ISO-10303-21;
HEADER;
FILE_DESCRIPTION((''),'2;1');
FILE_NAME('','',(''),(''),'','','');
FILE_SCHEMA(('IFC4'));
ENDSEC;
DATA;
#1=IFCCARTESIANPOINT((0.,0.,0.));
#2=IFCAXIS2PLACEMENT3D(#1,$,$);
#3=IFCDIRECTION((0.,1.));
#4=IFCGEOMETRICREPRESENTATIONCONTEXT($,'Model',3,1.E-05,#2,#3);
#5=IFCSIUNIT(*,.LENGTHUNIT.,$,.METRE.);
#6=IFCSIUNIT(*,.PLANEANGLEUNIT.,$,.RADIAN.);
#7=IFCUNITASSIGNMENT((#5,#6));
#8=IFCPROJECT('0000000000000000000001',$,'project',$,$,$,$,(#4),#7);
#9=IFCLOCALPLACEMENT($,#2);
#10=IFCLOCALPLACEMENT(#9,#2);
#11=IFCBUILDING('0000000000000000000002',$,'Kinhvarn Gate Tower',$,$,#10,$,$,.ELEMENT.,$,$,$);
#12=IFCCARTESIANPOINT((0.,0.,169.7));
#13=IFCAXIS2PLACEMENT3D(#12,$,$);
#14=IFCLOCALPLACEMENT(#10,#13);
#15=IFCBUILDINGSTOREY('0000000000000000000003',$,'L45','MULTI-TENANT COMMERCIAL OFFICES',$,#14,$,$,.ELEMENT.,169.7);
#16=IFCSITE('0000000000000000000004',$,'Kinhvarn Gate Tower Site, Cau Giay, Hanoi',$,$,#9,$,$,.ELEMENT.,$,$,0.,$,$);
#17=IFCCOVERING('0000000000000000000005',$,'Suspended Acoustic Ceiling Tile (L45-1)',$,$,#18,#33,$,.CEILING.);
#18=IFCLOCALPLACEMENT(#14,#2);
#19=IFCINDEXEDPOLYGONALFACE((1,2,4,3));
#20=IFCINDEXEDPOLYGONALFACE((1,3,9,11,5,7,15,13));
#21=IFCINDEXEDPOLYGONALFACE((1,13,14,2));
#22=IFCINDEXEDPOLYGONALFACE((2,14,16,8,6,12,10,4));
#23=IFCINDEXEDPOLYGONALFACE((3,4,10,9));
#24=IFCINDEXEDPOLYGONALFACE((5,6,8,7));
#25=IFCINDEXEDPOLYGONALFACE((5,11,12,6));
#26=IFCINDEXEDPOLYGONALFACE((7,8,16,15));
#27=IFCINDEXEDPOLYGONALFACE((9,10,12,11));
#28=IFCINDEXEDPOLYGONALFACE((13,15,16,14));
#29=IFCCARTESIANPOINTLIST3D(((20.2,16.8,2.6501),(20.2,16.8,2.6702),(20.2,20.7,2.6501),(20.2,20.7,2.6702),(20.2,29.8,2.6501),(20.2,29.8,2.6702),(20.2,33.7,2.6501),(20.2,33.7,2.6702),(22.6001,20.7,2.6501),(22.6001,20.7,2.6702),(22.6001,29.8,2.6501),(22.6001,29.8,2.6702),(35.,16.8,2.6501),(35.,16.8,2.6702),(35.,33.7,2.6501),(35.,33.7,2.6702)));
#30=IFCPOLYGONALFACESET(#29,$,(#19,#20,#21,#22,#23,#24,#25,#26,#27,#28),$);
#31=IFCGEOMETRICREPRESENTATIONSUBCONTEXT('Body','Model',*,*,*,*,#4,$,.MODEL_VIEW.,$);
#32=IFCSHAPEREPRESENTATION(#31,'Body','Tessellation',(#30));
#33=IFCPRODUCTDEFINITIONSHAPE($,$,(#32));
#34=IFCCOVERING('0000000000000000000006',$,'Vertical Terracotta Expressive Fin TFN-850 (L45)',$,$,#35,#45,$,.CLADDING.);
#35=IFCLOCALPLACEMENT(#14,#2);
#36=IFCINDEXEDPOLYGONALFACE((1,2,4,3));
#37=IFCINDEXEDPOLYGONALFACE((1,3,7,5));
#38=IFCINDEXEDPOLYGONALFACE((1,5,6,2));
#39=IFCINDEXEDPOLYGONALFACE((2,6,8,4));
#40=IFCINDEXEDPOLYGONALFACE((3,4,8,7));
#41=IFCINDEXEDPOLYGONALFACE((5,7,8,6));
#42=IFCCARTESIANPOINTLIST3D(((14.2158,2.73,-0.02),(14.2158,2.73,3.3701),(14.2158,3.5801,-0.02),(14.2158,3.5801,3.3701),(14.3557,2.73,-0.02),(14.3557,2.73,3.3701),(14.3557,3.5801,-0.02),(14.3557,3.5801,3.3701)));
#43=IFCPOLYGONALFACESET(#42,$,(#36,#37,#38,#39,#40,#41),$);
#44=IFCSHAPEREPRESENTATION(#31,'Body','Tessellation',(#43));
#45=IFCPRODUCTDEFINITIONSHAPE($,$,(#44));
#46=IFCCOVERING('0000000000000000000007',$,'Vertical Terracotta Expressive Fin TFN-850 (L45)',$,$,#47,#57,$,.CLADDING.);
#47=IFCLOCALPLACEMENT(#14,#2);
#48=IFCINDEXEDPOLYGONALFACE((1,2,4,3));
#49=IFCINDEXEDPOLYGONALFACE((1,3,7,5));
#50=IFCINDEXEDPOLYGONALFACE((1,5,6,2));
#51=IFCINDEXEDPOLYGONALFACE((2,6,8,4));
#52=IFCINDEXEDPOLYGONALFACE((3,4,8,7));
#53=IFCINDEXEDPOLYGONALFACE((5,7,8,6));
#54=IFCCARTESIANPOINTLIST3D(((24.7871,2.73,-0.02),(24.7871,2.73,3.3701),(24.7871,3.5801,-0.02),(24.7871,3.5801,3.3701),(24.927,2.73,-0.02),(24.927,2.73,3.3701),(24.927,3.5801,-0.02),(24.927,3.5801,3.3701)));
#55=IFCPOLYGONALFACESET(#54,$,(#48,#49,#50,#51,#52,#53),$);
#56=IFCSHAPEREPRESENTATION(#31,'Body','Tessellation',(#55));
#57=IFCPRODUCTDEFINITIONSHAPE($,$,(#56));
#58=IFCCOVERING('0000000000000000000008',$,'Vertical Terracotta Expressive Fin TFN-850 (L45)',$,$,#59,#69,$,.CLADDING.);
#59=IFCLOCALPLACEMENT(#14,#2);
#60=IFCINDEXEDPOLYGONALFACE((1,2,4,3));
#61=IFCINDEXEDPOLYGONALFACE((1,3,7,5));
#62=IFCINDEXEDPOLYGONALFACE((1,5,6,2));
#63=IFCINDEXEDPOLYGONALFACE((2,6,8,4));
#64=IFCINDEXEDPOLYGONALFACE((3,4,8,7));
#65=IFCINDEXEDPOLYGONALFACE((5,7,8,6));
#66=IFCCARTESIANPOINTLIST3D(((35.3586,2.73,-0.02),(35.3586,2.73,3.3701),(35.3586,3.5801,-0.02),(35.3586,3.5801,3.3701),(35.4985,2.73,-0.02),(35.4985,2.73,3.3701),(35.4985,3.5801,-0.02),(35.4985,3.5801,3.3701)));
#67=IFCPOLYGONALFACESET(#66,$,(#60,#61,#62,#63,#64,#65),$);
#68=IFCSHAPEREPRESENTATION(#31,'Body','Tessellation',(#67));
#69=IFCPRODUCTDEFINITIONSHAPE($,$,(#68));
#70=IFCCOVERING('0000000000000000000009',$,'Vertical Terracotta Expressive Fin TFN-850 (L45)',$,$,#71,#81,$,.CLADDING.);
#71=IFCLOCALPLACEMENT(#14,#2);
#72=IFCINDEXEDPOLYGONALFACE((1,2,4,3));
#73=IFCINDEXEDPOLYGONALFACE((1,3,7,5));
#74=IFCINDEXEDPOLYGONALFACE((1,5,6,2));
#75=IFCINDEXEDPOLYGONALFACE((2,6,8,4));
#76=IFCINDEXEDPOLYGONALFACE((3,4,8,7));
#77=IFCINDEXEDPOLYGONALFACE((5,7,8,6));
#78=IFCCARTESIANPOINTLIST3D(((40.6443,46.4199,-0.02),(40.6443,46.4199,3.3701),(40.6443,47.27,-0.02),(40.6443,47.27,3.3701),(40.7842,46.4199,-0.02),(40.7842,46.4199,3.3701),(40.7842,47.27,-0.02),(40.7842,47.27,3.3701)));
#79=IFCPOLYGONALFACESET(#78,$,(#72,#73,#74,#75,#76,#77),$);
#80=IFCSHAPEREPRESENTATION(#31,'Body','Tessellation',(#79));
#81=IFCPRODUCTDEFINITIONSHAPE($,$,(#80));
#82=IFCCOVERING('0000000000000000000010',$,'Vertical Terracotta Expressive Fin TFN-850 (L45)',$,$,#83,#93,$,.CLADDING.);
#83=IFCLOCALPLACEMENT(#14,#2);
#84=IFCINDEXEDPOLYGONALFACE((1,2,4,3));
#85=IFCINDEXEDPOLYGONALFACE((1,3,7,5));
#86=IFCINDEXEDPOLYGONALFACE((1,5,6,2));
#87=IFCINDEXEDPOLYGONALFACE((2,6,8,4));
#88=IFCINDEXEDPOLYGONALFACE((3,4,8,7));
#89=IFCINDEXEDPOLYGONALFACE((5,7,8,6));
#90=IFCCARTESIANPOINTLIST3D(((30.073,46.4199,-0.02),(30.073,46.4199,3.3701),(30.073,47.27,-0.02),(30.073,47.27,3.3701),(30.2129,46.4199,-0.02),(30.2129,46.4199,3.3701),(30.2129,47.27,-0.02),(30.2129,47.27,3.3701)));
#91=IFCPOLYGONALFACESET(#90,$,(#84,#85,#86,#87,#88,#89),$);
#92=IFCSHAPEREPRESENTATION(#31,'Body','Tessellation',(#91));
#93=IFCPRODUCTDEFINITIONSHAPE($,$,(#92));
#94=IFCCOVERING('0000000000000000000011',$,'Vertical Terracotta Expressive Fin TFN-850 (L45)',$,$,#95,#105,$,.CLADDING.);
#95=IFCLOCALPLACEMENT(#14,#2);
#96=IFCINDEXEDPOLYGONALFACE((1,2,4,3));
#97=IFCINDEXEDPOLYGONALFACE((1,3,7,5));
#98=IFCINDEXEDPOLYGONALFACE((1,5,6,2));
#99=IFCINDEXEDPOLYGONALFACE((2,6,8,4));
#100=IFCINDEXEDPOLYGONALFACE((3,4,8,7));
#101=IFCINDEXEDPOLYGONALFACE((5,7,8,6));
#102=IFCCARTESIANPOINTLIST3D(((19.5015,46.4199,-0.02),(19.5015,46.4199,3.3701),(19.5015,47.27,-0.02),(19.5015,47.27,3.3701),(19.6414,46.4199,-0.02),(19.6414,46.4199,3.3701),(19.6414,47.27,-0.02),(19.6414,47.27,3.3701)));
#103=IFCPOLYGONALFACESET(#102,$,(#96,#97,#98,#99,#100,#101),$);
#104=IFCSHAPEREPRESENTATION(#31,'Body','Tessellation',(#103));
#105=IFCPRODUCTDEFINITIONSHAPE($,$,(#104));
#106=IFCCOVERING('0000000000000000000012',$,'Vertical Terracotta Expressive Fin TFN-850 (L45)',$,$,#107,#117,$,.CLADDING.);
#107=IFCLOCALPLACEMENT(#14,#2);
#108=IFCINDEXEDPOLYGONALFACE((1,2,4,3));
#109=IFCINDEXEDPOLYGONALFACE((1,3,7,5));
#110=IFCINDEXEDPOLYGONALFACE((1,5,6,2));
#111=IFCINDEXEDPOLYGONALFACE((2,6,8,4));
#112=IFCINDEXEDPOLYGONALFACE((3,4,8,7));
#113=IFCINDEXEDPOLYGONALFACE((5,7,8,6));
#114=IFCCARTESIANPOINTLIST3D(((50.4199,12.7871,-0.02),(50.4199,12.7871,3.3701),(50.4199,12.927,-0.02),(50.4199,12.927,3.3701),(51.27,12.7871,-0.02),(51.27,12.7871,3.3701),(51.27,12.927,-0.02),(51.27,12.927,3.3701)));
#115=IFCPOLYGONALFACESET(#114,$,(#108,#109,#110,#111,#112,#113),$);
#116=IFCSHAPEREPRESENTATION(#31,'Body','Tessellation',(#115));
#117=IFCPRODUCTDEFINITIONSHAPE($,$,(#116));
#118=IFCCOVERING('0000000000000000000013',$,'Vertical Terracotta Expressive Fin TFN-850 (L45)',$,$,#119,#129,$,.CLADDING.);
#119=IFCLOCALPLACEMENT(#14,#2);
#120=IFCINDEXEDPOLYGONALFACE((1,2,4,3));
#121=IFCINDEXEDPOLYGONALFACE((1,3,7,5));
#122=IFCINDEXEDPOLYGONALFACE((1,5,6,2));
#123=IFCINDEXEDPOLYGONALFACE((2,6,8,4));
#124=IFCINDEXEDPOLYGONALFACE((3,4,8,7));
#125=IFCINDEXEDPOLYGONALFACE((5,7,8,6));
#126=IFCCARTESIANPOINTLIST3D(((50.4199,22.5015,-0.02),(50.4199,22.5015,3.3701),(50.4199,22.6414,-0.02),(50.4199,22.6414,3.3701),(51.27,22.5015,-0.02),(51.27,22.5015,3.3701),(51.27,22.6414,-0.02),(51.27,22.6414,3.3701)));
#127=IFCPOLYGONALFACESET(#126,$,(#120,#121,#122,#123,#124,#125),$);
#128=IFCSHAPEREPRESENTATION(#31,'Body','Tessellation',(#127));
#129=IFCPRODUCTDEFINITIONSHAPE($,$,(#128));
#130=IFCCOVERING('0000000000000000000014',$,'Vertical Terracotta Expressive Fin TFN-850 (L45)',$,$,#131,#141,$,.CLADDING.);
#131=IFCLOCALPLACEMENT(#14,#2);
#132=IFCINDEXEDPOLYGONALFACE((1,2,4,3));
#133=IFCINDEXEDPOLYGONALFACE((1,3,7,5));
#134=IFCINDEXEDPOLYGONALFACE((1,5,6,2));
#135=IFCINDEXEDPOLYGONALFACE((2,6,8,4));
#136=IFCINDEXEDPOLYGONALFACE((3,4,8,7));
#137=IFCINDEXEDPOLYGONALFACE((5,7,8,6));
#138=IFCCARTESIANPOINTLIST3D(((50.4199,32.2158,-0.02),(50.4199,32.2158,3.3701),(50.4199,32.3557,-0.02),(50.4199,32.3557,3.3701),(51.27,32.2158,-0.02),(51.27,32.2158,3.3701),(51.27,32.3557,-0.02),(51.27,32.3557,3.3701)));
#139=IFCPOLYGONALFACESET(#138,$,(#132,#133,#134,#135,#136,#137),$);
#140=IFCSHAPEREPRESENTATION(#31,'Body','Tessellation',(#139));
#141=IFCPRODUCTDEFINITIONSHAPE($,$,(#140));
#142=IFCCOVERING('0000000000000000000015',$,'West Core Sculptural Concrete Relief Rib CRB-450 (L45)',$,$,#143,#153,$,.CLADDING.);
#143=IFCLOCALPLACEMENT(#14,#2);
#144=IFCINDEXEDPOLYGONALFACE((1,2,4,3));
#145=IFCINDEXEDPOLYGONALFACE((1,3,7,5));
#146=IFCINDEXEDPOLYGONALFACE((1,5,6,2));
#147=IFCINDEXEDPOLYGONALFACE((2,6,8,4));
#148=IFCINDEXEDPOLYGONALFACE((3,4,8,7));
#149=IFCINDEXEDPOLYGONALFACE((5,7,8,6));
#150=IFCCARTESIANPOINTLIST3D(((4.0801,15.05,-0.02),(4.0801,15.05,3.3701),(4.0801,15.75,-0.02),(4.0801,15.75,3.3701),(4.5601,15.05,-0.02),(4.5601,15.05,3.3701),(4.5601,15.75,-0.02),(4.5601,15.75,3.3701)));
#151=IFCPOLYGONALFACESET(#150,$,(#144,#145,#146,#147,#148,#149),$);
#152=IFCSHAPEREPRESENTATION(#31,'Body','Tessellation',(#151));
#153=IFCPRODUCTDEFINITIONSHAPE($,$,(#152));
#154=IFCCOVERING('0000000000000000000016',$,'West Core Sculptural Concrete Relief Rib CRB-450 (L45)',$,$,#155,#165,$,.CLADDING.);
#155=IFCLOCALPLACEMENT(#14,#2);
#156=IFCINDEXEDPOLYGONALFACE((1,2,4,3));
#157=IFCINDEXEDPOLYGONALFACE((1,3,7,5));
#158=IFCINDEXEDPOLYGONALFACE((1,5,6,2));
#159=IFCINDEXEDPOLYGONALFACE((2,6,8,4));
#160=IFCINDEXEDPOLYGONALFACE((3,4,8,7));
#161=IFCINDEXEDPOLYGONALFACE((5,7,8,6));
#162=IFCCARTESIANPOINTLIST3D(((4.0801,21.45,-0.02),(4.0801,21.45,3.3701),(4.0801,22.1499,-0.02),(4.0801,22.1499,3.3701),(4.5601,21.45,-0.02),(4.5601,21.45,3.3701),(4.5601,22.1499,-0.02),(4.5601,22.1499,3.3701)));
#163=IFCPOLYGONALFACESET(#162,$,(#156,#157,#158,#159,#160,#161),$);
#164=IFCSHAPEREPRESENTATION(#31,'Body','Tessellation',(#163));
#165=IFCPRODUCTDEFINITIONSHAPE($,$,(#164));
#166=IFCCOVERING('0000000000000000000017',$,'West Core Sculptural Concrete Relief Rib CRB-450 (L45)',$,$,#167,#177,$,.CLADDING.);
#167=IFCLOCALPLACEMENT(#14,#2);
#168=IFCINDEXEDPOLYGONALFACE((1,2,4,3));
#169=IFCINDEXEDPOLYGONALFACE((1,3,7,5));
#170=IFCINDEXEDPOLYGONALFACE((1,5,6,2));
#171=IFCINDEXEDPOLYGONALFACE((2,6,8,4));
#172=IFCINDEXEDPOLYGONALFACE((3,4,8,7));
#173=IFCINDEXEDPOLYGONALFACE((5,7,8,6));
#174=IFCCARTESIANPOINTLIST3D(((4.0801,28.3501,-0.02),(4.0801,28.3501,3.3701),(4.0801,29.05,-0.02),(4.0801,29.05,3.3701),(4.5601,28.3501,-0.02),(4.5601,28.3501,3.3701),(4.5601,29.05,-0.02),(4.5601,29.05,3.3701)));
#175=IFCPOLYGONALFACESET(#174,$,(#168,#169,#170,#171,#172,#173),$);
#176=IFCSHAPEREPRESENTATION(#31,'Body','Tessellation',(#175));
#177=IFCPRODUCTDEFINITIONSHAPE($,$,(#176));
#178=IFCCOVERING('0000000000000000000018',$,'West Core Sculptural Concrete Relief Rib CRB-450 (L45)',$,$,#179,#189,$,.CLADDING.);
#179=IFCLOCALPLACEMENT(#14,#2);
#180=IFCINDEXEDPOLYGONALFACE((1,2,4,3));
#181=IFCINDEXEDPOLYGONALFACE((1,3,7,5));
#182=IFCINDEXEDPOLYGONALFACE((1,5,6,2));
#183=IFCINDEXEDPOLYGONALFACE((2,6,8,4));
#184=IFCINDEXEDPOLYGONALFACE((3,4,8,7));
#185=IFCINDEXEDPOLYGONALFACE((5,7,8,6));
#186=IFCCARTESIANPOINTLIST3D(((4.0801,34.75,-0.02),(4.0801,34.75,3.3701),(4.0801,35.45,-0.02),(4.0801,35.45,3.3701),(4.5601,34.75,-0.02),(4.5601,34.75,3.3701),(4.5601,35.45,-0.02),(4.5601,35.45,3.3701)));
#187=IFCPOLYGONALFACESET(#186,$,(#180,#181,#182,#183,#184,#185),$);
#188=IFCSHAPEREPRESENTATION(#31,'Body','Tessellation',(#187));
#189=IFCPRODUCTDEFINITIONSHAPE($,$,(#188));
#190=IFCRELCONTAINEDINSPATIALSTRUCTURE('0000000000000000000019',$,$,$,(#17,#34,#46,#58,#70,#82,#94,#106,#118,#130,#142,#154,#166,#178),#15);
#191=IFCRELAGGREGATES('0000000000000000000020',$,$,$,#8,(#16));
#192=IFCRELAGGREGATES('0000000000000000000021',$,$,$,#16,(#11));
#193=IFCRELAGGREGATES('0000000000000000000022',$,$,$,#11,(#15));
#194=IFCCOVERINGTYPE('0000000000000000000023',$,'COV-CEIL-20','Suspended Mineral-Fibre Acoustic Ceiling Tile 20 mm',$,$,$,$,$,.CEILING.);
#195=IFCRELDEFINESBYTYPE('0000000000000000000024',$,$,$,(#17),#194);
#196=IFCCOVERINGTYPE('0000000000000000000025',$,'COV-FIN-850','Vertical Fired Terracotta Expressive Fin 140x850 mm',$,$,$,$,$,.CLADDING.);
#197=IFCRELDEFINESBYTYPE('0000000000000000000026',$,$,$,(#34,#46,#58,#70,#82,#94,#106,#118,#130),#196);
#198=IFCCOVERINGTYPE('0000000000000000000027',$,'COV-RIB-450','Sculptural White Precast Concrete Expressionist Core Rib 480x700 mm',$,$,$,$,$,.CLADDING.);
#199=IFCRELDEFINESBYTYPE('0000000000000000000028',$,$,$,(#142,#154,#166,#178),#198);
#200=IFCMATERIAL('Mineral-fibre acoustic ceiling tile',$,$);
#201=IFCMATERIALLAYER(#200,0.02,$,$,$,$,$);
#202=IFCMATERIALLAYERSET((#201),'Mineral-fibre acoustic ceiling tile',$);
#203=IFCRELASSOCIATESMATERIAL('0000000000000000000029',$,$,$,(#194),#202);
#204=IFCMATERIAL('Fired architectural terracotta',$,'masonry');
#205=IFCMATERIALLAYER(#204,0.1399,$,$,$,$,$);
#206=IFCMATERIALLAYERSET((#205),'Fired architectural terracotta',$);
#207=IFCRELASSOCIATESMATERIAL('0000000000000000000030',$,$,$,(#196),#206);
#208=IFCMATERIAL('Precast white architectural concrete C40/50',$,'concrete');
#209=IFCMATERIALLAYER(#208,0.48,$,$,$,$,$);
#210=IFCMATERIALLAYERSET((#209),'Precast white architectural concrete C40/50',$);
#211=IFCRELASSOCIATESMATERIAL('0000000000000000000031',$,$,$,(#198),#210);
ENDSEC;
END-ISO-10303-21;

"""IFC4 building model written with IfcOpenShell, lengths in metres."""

from ifc_helpers import new_model, si_unit, direction, frame, origin, place, context, subcontext, project, spatial, polyline, outline, extrude, material, layer, layer_set, type_object, element, save


model = new_model("IFC4")

# Units and contexts
model_context = context("Model", 3, precision=1e-05, world=origin(), true_north=direction((0.0, 1.0)))
body_context = subcontext(model_context, "Body", "Model", "MODEL_VIEW")
ifc_project = project(units=[si_unit("LENGTHUNIT", "METRE"), si_unit("PLANEANGLEUNIT", "RADIAN")], contexts=[model_context])

# Site, building, storey
site_placement = place(None, origin())
site = spatial("IfcSite", under=ifc_project, at=site_placement, Name="Kinhvarn Gate Tower Site, Cau Giay, Hanoi", CompositionType="ELEMENT", RefElevation=0.0)
building_placement = place(site_placement, origin())
building = spatial("IfcBuilding", under=site, at=building_placement, Name="Kinhvarn Gate Tower", CompositionType="ELEMENT")
storey_placement = place(building_placement, frame((0.0, 0.0, 169.7)))
storey = spatial("IfcBuildingStorey", under=building, at=storey_placement, Name="L45", Description="MULTI-TENANT COMMERCIAL OFFICES", CompositionType="ELEMENT", Elevation=169.7)

# Coverings
ifc_material_1 = material(Name="Fired architectural terracotta", Category="masonry")
ifc_material_2 = material(Name="Mineral-fibre acoustic ceiling tile")
ifc_layer_1 = layer(ifc_material_2, 0.02)
ifc_layer_set_1 = layer_set([ifc_layer_1], Name="Mineral-fibre acoustic ceiling tile")
covering_type_1 = type_object("IfcCoveringType", Name="COV-CEIL-20", Description="Suspended Mineral-Fibre Acoustic Ceiling Tile 20 mm", PredefinedType="CEILING", material=ifc_layer_set_1)
covering_1_placement = place(storey_placement, frame((0.0, 0.0, 2.6501)))
element("IfcCovering", 1, at=covering_1_placement, inside=storey, type_object=covering_type_1, Name="Suspended Acoustic Ceiling Tile (L45-1)", PredefinedType="CEILING", context=body_context, shape_type="SweptSolid", body=[
    extrude(outline(polyline([(35.0, 33.7), (35.0, 16.8), (20.2, 16.8), (20.2, 20.7), (22.6001, 20.7), (22.6001, 29.8), (20.2, 29.8), (20.2, 33.7), (35.0, 33.7)])), origin(), (0.0, 0.0, 1.0), 0.02),
])
ifc_layer_2 = layer(ifc_material_1, 0.1399)
ifc_layer_set_2 = layer_set([ifc_layer_2], Name="Fired architectural terracotta")
covering_type_2 = type_object("IfcCoveringType", Name="COV-FIN-850", Description="Vertical Fired Terracotta Expressive Fin 140x850 mm", PredefinedType="CLADDING", material=ifc_layer_set_2)
covering_2_placement = place(storey_placement, frame((0.0, 0.0, -0.02)))
element("IfcCovering", 2, at=covering_2_placement, inside=storey, type_object=covering_type_2, Name="Vertical Terracotta Expressive Fin TFN-850 (L45)", PredefinedType="CLADDING", context=body_context, shape_type="SweptSolid", body=[
    extrude(outline(polyline([(14.2158, 3.5801), (14.3557, 3.5801), (14.3557, 2.73), (14.2158, 2.73), (14.2158, 3.5801)])), origin(), (0.0, 0.0, 1.0), 3.3901),
])
covering_3_placement = place(storey_placement, frame((0.0, 0.0, -0.02)))
element("IfcCovering", 3, at=covering_3_placement, inside=storey, type_object=covering_type_2, Name="Vertical Terracotta Expressive Fin TFN-850 (L45)", PredefinedType="CLADDING", context=body_context, shape_type="SweptSolid", body=[
    extrude(outline(polyline([(24.7871, 3.5801), (24.927, 3.5801), (24.927, 2.73), (24.7871, 2.73), (24.7871, 3.5801)])), origin(), (0.0, 0.0, 1.0), 3.3901),
])
covering_4_placement = place(storey_placement, frame((0.0, 0.0, -0.02)))
element("IfcCovering", 4, at=covering_4_placement, inside=storey, type_object=covering_type_2, Name="Vertical Terracotta Expressive Fin TFN-850 (L45)", PredefinedType="CLADDING", context=body_context, shape_type="SweptSolid", body=[
    extrude(outline(polyline([(35.3586, 3.5801), (35.4985, 3.5801), (35.4985, 2.73), (35.3586, 2.73), (35.3586, 3.5801)])), origin(), (0.0, 0.0, 1.0), 3.3901),
])
covering_5_placement = place(storey_placement, frame((0.0, 0.0, -0.02)))
element("IfcCovering", 5, at=covering_5_placement, inside=storey, type_object=covering_type_2, Name="Vertical Terracotta Expressive Fin TFN-850 (L45)", PredefinedType="CLADDING", context=body_context, shape_type="SweptSolid", body=[
    extrude(outline(polyline([(40.7842, 46.4199), (40.6443, 46.4199), (40.6443, 47.27), (40.7842, 47.27), (40.7842, 46.4199)])), origin(), (0.0, 0.0, 1.0), 3.3901),
])
covering_6_placement = place(storey_placement, frame((0.0, 0.0, -0.02)))
element("IfcCovering", 6, at=covering_6_placement, inside=storey, type_object=covering_type_2, Name="Vertical Terracotta Expressive Fin TFN-850 (L45)", PredefinedType="CLADDING", context=body_context, shape_type="SweptSolid", body=[
    extrude(outline(polyline([(30.2129, 46.4199), (30.073, 46.4199), (30.073, 47.27), (30.2129, 47.27), (30.2129, 46.4199)])), origin(), (0.0, 0.0, 1.0), 3.3901),
])
covering_7_placement = place(storey_placement, frame((0.0, 0.0, -0.02)))
element("IfcCovering", 7, at=covering_7_placement, inside=storey, type_object=covering_type_2, Name="Vertical Terracotta Expressive Fin TFN-850 (L45)", PredefinedType="CLADDING", context=body_context, shape_type="SweptSolid", body=[
    extrude(outline(polyline([(19.6414, 46.4199), (19.5015, 46.4199), (19.5015, 47.27), (19.6414, 47.27), (19.6414, 46.4199)])), origin(), (0.0, 0.0, 1.0), 3.3901),
])
covering_8_placement = place(storey_placement, frame((0.0, 0.0, -0.02)))
element("IfcCovering", 8, at=covering_8_placement, inside=storey, type_object=covering_type_2, Name="Vertical Terracotta Expressive Fin TFN-850 (L45)", PredefinedType="CLADDING", context=body_context, shape_type="SweptSolid", body=[
    extrude(outline(polyline([(50.4199, 12.7871), (50.4199, 12.927), (51.27, 12.927), (51.27, 12.7871), (50.4199, 12.7871)])), origin(), (0.0, 0.0, 1.0), 3.3901),
])
covering_9_placement = place(storey_placement, frame((0.0, 0.0, -0.02)))
element("IfcCovering", 9, at=covering_9_placement, inside=storey, type_object=covering_type_2, Name="Vertical Terracotta Expressive Fin TFN-850 (L45)", PredefinedType="CLADDING", context=body_context, shape_type="SweptSolid", body=[
    extrude(outline(polyline([(50.4199, 22.5015), (50.4199, 22.6414), (51.27, 22.6414), (51.27, 22.5015), (50.4199, 22.5015)])), origin(), (0.0, 0.0, 1.0), 3.3901),
])
covering_10_placement = place(storey_placement, frame((0.0, 0.0, -0.02)))
element("IfcCovering", 10, at=covering_10_placement, inside=storey, type_object=covering_type_2, Name="Vertical Terracotta Expressive Fin TFN-850 (L45)", PredefinedType="CLADDING", context=body_context, shape_type="SweptSolid", body=[
    extrude(outline(polyline([(50.4199, 32.2158), (50.4199, 32.3557), (51.27, 32.3557), (51.27, 32.2158), (50.4199, 32.2158)])), origin(), (0.0, 0.0, 1.0), 3.3901),
])
ifc_material_3 = material(Name="Precast white architectural concrete C40/50", Category="concrete")
ifc_layer_3 = layer(ifc_material_3, 0.48)
ifc_layer_set_3 = layer_set([ifc_layer_3], Name="Precast white architectural concrete C40/50")
covering_type_3 = type_object("IfcCoveringType", Name="COV-RIB-450", Description="Sculptural White Precast Concrete Expressionist Core Rib 480x700 mm", PredefinedType="CLADDING", material=ifc_layer_set_3)
covering_11_placement = place(storey_placement, frame((0.0, 0.0, -0.02)))
element("IfcCovering", 11, at=covering_11_placement, inside=storey, type_object=covering_type_3, Name="West Core Sculptural Concrete Relief Rib CRB-450 (L45)", PredefinedType="CLADDING", context=body_context, shape_type="SweptSolid", body=[
    extrude(outline(polyline([(4.0801, 15.05), (4.5601, 15.05), (4.5601, 15.75), (4.0801, 15.75), (4.0801, 15.05)])), origin(), (0.0, 0.0, 1.0), 3.3901),
])
covering_12_placement = place(storey_placement, frame((0.0, 0.0, -0.02)))
element("IfcCovering", 12, at=covering_12_placement, inside=storey, type_object=covering_type_3, Name="West Core Sculptural Concrete Relief Rib CRB-450 (L45)", PredefinedType="CLADDING", context=body_context, shape_type="SweptSolid", body=[
    extrude(outline(polyline([(4.0801, 21.45), (4.5601, 21.45), (4.5601, 22.1499), (4.0801, 22.1499), (4.0801, 21.45)])), origin(), (0.0, 0.0, 1.0), 3.3901),
])
covering_13_placement = place(storey_placement, frame((0.0, 0.0, -0.02)))
element("IfcCovering", 13, at=covering_13_placement, inside=storey, type_object=covering_type_3, Name="West Core Sculptural Concrete Relief Rib CRB-450 (L45)", PredefinedType="CLADDING", context=body_context, shape_type="SweptSolid", body=[
    extrude(outline(polyline([(4.0801, 28.3501), (4.5601, 28.3501), (4.5601, 29.05), (4.0801, 29.05), (4.0801, 28.3501)])), origin(), (0.0, 0.0, 1.0), 3.3901),
])
covering_14_placement = place(storey_placement, frame((0.0, 0.0, -0.02)))
element("IfcCovering", 14, at=covering_14_placement, inside=storey, type_object=covering_type_3, Name="West Core Sculptural Concrete Relief Rib CRB-450 (L45)", PredefinedType="CLADDING", context=body_context, shape_type="SweptSolid", body=[
    extrude(outline(polyline([(4.0801, 34.75), (4.5601, 34.75), (4.5601, 35.45), (4.0801, 35.45), (4.0801, 34.75)])), origin(), (0.0, 0.0, 1.0), 3.3901),
])

save(model, "model.ifc")
